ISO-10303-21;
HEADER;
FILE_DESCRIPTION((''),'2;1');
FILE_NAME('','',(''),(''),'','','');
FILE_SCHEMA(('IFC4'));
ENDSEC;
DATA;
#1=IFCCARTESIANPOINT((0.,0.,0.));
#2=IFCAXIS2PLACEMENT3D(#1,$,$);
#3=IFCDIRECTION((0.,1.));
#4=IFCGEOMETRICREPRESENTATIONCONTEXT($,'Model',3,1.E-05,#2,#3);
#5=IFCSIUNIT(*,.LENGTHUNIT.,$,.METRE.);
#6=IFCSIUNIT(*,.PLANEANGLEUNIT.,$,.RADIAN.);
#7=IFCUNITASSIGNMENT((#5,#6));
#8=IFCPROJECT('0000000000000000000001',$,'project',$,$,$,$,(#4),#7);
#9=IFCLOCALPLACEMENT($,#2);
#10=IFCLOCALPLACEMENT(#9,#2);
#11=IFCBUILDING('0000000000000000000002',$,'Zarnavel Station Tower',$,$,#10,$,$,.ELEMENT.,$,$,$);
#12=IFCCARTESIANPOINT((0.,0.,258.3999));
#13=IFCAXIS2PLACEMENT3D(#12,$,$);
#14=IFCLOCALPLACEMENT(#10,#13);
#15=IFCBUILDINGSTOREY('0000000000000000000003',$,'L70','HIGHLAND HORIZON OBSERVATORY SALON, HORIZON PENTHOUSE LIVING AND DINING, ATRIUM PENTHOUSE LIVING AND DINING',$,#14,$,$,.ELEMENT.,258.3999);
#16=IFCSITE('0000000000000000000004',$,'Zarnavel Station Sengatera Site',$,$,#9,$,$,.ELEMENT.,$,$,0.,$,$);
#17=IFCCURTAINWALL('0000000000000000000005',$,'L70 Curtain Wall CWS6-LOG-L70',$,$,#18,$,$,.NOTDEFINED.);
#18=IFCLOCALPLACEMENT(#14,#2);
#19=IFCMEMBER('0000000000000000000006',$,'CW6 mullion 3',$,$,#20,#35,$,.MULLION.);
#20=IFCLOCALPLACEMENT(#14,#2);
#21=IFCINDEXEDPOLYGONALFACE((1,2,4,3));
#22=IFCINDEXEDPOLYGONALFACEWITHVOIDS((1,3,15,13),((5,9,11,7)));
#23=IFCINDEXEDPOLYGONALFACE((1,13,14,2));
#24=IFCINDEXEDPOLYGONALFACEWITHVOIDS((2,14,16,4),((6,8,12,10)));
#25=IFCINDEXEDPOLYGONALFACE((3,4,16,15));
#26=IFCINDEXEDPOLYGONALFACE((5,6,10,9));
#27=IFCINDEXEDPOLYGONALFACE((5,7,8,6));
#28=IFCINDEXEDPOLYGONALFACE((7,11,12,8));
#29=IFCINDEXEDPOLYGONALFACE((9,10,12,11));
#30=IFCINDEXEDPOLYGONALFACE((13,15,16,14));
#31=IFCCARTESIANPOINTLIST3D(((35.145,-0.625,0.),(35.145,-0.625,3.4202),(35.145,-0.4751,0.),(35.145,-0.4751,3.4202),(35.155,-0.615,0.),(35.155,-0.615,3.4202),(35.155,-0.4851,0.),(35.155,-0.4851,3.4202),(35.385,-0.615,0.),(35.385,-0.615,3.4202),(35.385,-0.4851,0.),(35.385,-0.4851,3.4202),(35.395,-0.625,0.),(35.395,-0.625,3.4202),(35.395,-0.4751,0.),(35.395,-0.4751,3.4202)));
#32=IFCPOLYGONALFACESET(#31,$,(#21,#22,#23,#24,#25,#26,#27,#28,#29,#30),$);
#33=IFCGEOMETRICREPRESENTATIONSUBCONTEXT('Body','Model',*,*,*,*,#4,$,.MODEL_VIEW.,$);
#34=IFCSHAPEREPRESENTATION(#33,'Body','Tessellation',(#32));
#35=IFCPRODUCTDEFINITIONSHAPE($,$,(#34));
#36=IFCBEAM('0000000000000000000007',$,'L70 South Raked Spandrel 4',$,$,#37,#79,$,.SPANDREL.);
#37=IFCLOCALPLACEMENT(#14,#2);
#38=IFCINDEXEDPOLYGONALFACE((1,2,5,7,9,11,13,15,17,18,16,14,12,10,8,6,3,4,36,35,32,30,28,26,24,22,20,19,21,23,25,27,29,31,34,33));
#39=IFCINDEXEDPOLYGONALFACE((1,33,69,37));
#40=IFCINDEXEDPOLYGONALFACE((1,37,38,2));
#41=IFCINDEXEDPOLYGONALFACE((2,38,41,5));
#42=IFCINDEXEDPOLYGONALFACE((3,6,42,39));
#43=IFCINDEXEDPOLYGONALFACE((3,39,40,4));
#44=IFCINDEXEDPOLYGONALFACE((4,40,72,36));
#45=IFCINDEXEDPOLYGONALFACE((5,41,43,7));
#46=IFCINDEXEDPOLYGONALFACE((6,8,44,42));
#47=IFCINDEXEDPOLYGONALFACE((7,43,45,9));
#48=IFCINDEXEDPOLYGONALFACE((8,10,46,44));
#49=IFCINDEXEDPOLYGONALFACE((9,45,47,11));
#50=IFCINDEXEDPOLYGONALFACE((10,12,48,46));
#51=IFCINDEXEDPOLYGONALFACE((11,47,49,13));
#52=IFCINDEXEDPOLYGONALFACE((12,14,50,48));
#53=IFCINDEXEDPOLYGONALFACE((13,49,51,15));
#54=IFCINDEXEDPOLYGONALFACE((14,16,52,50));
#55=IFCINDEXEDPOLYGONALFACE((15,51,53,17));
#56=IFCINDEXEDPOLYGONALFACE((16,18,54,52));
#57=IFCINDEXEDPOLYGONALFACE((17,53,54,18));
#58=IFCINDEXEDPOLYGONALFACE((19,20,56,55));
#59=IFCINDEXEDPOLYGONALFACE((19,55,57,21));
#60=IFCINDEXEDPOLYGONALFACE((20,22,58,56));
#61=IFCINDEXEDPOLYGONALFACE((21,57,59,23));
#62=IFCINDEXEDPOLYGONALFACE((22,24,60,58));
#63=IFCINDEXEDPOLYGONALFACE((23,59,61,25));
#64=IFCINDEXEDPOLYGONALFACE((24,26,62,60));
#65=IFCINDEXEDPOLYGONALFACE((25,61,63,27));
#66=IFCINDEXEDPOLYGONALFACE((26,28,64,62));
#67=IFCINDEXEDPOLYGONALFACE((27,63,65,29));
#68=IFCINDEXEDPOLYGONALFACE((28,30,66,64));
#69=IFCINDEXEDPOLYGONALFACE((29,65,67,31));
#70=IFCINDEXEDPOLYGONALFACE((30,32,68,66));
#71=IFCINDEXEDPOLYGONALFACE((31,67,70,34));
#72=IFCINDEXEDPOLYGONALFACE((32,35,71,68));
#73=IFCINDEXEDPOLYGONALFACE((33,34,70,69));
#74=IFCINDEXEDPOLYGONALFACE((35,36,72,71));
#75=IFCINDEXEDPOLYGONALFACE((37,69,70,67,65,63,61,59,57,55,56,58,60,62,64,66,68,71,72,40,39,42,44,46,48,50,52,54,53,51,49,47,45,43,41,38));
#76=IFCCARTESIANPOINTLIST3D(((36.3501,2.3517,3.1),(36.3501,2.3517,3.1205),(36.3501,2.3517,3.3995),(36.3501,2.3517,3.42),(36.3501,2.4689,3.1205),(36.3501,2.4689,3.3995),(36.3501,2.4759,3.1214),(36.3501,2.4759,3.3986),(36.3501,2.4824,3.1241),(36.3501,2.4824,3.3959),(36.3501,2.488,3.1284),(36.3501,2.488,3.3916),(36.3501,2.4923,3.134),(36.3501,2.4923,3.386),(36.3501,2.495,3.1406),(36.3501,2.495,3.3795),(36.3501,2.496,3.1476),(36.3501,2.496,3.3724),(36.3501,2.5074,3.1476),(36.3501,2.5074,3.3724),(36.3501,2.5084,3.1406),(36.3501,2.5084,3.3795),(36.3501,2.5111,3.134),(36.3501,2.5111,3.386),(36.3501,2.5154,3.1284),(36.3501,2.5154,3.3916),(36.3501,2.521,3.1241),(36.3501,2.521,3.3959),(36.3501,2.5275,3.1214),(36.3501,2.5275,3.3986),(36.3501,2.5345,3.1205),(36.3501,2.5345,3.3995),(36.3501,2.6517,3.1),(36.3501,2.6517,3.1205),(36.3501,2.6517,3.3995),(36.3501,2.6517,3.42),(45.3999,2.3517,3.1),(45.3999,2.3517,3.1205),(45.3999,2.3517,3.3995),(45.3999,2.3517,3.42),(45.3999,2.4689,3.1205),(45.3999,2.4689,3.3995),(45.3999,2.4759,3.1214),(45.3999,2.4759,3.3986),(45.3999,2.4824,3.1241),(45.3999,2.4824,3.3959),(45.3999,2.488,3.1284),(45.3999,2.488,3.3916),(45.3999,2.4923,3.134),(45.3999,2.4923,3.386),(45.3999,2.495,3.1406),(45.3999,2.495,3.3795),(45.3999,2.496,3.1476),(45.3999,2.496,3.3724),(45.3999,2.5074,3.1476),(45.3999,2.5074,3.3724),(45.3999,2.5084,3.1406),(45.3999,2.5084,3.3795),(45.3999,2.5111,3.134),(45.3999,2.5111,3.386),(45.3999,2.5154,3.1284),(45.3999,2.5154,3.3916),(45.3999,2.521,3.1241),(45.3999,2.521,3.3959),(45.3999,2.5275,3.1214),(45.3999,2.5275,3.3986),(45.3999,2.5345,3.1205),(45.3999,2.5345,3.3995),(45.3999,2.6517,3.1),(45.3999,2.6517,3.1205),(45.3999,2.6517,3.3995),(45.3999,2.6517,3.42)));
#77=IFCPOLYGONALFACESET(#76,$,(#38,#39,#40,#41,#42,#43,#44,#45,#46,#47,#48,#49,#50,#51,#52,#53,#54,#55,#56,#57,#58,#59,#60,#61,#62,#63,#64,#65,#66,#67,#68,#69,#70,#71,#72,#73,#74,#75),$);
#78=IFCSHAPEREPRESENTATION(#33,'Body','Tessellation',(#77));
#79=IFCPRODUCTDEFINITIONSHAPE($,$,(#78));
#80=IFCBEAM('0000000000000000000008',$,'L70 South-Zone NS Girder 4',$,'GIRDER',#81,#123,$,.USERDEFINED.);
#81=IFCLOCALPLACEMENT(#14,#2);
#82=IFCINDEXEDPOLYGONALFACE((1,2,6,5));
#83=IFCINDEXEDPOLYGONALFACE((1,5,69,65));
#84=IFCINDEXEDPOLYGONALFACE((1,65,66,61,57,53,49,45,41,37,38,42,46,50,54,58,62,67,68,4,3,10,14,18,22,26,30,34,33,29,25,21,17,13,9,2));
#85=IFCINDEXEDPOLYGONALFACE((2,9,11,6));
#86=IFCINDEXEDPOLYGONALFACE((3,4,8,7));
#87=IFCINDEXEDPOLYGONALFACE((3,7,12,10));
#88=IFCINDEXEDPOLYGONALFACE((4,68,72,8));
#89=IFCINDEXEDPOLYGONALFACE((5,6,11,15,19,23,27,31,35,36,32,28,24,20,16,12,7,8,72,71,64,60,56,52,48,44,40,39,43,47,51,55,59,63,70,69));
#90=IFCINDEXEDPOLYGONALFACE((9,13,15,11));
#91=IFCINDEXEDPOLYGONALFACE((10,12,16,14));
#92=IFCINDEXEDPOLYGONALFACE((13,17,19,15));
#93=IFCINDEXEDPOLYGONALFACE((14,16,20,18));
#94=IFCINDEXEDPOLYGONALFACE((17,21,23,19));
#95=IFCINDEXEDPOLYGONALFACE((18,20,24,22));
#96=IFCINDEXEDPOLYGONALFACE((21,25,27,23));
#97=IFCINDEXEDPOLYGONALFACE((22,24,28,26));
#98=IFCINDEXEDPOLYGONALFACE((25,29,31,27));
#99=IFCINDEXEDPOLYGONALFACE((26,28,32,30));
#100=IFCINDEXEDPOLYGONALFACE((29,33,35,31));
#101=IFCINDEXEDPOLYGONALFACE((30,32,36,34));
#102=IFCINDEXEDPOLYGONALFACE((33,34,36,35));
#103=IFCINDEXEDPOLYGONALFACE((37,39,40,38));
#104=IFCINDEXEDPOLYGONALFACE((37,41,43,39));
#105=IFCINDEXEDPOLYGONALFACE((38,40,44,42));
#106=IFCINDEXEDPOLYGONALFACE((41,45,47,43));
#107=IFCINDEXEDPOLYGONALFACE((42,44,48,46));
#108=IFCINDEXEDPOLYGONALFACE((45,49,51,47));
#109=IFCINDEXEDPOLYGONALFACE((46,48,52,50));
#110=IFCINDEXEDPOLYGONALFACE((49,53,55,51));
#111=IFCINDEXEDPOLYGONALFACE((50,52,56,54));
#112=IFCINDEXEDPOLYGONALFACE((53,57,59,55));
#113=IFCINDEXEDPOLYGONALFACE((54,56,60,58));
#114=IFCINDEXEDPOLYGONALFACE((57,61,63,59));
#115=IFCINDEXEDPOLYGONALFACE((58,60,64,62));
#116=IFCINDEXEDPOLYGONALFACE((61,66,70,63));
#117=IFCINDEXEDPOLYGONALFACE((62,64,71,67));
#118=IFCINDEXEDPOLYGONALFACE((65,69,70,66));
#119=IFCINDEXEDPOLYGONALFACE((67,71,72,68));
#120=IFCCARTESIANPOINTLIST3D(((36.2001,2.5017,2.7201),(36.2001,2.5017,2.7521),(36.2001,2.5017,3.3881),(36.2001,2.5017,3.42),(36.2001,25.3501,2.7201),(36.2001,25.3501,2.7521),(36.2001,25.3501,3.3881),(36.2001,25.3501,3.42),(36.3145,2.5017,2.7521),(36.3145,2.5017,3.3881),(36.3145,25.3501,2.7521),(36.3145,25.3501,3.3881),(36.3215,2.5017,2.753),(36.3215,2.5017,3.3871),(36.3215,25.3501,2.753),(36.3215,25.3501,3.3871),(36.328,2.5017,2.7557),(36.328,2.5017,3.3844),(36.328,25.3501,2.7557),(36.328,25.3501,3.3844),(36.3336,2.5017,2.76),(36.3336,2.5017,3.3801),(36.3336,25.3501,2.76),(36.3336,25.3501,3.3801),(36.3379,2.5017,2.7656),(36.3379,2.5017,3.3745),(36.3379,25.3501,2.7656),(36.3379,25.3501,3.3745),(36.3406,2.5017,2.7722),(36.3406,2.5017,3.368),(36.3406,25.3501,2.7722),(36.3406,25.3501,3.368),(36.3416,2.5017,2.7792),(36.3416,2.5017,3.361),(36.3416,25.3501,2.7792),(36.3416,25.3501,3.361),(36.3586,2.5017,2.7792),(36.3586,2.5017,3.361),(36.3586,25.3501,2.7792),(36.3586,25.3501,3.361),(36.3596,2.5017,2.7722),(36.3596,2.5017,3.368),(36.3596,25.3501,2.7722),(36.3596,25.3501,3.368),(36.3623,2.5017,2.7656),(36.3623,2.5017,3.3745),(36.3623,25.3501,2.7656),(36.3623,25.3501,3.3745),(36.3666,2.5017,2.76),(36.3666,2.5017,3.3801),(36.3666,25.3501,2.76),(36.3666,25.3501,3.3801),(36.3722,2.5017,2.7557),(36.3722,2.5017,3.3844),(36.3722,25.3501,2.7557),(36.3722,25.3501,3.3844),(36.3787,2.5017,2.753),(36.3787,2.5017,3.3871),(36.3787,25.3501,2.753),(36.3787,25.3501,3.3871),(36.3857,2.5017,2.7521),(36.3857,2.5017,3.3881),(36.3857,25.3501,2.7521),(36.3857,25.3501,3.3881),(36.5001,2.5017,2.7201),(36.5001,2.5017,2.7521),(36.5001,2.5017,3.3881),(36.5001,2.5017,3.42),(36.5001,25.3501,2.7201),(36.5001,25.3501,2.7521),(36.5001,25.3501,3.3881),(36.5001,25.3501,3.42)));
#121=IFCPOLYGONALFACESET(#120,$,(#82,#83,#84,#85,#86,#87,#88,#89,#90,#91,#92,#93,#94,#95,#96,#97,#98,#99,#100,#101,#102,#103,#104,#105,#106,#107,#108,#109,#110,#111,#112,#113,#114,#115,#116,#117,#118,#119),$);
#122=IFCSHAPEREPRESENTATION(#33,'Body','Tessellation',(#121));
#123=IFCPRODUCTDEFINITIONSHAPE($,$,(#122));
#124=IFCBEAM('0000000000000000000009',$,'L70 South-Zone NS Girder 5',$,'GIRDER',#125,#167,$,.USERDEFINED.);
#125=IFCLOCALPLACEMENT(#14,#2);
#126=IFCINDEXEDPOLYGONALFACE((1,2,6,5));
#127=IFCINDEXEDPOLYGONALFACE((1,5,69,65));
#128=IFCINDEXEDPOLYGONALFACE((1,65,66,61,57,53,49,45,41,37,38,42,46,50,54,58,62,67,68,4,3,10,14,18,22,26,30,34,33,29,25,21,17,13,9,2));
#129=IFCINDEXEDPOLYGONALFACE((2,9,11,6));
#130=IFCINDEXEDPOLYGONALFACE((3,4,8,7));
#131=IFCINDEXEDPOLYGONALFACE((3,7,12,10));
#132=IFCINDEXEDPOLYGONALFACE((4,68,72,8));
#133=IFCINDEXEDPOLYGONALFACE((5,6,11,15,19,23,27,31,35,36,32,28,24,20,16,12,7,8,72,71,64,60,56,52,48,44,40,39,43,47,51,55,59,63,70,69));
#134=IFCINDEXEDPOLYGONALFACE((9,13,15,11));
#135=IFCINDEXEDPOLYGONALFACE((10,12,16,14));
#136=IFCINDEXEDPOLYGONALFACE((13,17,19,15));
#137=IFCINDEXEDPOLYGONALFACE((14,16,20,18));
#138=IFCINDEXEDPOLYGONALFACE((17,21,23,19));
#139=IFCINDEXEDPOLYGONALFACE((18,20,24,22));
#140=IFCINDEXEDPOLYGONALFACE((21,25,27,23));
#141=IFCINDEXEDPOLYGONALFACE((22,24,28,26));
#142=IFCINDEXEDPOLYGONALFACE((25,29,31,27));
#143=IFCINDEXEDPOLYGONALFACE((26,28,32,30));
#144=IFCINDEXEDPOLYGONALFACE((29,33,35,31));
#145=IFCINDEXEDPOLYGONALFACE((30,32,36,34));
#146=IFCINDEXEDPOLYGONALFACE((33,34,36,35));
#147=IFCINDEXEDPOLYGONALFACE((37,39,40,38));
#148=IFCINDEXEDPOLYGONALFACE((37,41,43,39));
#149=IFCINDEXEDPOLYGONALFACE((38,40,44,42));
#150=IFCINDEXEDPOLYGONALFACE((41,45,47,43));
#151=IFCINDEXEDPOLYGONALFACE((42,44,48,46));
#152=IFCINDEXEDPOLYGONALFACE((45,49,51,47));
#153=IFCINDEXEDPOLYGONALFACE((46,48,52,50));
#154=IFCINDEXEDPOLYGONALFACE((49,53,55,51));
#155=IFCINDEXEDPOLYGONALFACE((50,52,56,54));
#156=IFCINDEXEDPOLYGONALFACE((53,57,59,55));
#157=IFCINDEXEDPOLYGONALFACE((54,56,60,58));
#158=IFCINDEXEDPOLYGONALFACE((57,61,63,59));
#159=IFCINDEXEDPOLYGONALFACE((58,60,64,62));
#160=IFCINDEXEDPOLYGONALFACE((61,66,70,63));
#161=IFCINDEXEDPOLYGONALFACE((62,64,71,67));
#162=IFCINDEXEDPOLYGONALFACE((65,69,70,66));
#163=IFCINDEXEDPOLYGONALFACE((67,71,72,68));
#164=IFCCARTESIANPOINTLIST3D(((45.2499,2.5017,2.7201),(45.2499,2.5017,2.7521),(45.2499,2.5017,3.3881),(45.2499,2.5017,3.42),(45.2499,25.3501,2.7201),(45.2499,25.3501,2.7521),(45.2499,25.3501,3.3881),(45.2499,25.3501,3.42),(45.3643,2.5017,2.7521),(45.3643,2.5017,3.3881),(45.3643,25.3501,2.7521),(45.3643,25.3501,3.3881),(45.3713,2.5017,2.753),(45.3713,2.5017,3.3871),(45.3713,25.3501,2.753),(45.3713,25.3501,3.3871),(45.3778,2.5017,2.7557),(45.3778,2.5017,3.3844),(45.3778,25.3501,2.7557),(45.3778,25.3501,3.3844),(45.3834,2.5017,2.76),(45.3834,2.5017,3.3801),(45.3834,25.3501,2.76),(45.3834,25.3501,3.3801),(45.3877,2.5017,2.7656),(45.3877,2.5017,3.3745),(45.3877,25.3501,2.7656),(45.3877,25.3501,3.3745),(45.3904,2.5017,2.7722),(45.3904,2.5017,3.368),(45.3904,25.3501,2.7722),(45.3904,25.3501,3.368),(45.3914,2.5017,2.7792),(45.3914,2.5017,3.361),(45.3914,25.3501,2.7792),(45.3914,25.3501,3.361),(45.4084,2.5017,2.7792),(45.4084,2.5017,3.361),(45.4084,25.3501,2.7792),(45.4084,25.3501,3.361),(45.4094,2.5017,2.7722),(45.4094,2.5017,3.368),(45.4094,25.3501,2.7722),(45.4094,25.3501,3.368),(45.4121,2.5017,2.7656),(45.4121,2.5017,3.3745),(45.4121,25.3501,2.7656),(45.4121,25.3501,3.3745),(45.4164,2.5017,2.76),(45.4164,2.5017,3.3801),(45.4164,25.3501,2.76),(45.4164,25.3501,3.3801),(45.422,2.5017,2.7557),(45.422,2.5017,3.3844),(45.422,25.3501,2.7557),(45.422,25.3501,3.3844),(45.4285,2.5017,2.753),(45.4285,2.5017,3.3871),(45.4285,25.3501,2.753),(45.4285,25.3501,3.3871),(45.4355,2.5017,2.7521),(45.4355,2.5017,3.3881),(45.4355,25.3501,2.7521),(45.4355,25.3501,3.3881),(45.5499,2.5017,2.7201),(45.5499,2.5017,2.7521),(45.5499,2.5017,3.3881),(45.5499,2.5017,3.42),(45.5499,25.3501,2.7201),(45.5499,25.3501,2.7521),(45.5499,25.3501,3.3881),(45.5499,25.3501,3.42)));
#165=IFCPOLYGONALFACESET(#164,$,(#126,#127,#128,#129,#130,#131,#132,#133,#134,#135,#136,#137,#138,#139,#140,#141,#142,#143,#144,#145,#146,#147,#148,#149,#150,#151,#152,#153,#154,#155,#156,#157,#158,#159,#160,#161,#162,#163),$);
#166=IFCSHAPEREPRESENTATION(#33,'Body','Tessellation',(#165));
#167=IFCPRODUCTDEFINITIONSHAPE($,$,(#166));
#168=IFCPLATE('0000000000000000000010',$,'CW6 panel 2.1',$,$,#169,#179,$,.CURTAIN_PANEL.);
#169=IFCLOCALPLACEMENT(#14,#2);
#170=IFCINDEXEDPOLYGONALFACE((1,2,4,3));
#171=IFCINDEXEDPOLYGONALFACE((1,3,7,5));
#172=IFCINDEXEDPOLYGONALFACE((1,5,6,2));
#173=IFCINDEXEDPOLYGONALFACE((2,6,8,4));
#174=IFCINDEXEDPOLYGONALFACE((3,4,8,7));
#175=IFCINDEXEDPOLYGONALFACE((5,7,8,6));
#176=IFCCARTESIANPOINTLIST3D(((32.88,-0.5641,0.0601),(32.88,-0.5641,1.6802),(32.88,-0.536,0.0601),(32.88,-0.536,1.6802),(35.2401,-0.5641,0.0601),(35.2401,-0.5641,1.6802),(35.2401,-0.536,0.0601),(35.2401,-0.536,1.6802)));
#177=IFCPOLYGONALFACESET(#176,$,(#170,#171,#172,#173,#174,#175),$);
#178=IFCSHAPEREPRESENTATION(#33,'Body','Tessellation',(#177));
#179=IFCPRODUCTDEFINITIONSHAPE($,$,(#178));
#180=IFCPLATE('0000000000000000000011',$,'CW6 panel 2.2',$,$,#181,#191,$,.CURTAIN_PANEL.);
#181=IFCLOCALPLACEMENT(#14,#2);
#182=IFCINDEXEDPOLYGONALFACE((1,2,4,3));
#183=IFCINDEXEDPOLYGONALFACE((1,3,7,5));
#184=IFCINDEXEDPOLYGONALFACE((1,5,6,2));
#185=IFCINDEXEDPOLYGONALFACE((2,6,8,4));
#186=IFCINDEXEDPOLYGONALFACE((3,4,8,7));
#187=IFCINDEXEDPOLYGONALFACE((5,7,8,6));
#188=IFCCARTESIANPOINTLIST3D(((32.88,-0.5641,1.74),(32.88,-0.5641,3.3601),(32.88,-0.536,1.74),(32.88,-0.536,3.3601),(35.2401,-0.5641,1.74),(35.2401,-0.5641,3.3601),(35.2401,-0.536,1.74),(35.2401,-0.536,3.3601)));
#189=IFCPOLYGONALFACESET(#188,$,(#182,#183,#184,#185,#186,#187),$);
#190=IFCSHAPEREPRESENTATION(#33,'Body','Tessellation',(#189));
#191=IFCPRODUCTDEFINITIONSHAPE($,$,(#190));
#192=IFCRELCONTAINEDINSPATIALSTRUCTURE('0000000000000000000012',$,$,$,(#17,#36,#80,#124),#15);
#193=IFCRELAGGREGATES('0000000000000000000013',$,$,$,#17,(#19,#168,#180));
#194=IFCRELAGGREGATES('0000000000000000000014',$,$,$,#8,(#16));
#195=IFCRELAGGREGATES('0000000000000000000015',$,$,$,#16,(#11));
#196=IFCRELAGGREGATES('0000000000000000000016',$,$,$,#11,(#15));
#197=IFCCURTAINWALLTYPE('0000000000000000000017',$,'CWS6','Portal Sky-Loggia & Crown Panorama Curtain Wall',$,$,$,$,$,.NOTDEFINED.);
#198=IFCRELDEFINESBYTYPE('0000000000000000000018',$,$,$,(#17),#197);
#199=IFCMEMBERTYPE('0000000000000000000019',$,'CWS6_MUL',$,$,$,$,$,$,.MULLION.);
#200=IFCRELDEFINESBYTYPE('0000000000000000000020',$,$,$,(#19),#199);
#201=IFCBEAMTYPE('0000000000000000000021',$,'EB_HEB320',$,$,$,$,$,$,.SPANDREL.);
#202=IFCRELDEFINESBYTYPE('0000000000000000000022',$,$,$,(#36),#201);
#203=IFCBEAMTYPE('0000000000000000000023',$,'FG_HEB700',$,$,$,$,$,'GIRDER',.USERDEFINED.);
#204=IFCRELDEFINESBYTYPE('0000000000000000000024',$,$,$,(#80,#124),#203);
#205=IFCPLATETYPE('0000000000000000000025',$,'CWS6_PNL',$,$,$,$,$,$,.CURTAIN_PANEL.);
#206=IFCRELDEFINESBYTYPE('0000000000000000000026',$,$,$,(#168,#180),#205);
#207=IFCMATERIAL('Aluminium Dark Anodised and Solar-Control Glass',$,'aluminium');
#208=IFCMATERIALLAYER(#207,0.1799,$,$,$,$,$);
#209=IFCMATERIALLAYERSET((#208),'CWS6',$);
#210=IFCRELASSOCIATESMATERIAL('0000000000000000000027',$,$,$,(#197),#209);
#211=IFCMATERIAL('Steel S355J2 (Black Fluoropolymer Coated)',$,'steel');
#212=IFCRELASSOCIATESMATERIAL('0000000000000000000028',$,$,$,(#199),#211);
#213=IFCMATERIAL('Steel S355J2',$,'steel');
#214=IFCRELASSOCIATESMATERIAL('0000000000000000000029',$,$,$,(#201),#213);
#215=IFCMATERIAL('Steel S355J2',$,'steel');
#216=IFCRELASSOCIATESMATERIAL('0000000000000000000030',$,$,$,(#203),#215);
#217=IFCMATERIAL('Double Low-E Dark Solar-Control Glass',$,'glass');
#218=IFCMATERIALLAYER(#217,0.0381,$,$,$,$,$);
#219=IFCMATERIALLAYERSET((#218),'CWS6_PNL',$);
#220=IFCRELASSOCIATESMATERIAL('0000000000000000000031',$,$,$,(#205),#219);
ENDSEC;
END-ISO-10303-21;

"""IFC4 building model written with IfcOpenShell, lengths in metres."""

from ifc_helpers import new_model, si_unit, direction, frame, origin, origin_2d, place, context, subcontext, project, spatial, rectangle, hollow_rectangle, i_section, extrude, material, layer, layer_set, material_profile, profile_set, type_object, element, aggregate, save


model = new_model("IFC4")

# Units and contexts
model_context = context("Model", 3, precision=1e-05, world=origin(), true_north=direction((0.0, 1.0)))
body_context = subcontext(model_context, "Body", "Model", "MODEL_VIEW")
ifc_project = project(units=[si_unit("LENGTHUNIT", "METRE"), si_unit("PLANEANGLEUNIT", "RADIAN")], contexts=[model_context])

# Site, building, storey
site_placement = place(None, origin())
site = spatial("IfcSite", under=ifc_project, at=site_placement, Name="Zarnavel Station Sengatera Site", CompositionType="ELEMENT", RefElevation=0.0)
building_placement = place(site_placement, origin())
building = spatial("IfcBuilding", under=site, at=building_placement, Name="Zarnavel Station Tower", CompositionType="ELEMENT")
storey_placement = place(building_placement, frame((0.0, 0.0, 258.3999)))
storey = spatial("IfcBuildingStorey", under=building, at=storey_placement, Name="L70", Description="HIGHLAND HORIZON OBSERVATORY SALON, HORIZON PENTHOUSE LIVING AND DINING, ATRIUM PENTHOUSE LIVING AND DINING", CompositionType="ELEMENT", Elevation=258.3999)

# Curtain wall, member
ifc_material_1 = material(Name="Aluminium Dark Anodised and Solar-Control Glass", Category="aluminium")
ifc_layer_1 = layer(ifc_material_1, 0.1799)
ifc_layer_set_1 = layer_set([ifc_layer_1], Name="CWS6")
curtain_wall_type = type_object("IfcCurtainWallType", Name="CWS6", Description="Portal Sky-Loggia & Crown Panorama Curtain Wall", PredefinedType="NOTDEFINED", material=ifc_layer_set_1)
curtain_wall_placement = place(storey_placement, origin())
curtain_wall = element("IfcCurtainWall", 1, at=curtain_wall_placement, inside=storey, type_object=curtain_wall_type, Name="L70 Curtain Wall CWS6-LOG-L70", PredefinedType="NOTDEFINED")
ifc_material_2 = material(Name="Steel S355J2 (Black Fluoropolymer Coated)", Category="steel")
ifc_material_profile_1 = material_profile(ifc_material_2, hollow_rectangle(XDim=0.1499, YDim=0.25, WallThickness=0.01, at=origin_2d()), Name="RHS250x150x10")
ifc_profile_set_1 = profile_set([ifc_material_profile_1], Name="Steel S355J2 (Black Fluoropolymer Coated)")
member_type = type_object("IfcMemberType", Name="CWS6_MUL", PredefinedType="MULLION", material=ifc_profile_set_1)
member_placement = place(storey_placement, frame((35.27, -0.55, 0.0), z_axis=(0.0, 0.0, 1.0), x_axis=(0.0, 1.0, 0.0)))
member = element("IfcMember", 2, at=member_placement, type_object=member_type, Name="CW6 mullion 3", PredefinedType="MULLION", context=body_context, shape_type="SweptSolid", body=[
    extrude(hollow_rectangle(XDim=0.1499, YDim=0.25, WallThickness=0.01, at=origin_2d()), origin(), (0.0, 0.0, 1.0), 3.4202),
])

# Beams
ifc_material_3 = material(Name="Steel S355J2", Category="steel")
ifc_material_profile_2 = material_profile(ifc_material_3, i_section(OverallWidth=0.3, OverallDepth=0.3201, WebThickness=0.0115, FlangeThickness=0.0205, FilletRadius=0.0271, at=origin_2d()), Name="HEB320")
ifc_profile_set_2 = profile_set([ifc_material_profile_2], Name="Steel S355J2")
beam_type_1 = type_object("IfcBeamType", Name="EB_HEB320", PredefinedType="SPANDREL", material=ifc_profile_set_2)
beam_placement = place(storey_placement, frame((36.3501, 2.5017, 3.26), z_axis=(1.0, 0.0, 0.0), x_axis=(0.0, 1.0, 0.0)))
element("IfcBeam", 3, at=beam_placement, inside=storey, type_object=beam_type_1, Name="L70 South Raked Spandrel 4", PredefinedType="SPANDREL", context=body_context, shape_type="SweptSolid", body=[
    extrude(i_section(OverallWidth=0.3, OverallDepth=0.3201, WebThickness=0.0115, FlangeThickness=0.0205, FilletRadius=0.0271, at=origin_2d()), origin(), (0.0, 0.0, 1.0), 9.0498),
])
ifc_material_4 = material(Name="Steel S355J2", Category="steel")
ifc_material_profile_3 = material_profile(ifc_material_4, i_section(OverallWidth=0.3, OverallDepth=0.7, WebThickness=0.0171, FlangeThickness=0.032, FilletRadius=0.0271, at=origin_2d()), Name="HEB700")
ifc_profile_set_3 = profile_set([ifc_material_profile_3], Name="Steel S355J2")
beam_type_2 = type_object("IfcBeamType", Name="FG_HEB700", ElementType="GIRDER", PredefinedType="USERDEFINED", material=ifc_profile_set_3)
for number, where, z_axis, x_axis, name in (
    (4, (36.3501, 2.5017, 3.0701), (0.0, 1.0, 0.0), (-1.0, 0.0, 0.0), "L70 South-Zone NS Girder 4"),
    (5, (45.3999, 2.5017, 3.0701), (0.0, 1.0, 0.0), (-1.0, 0.0, 0.0), "L70 South-Zone NS Girder 5"),
):
    element("IfcBeam", number, at=place(storey_placement, frame(where, z_axis=z_axis, x_axis=x_axis)), inside=storey, type_object=beam_type_2, Name=name, ObjectType="GIRDER", PredefinedType="USERDEFINED", context=body_context, shape_type="SweptSolid", body=[
        extrude(i_section(OverallWidth=0.3, OverallDepth=0.7, WebThickness=0.0171, FlangeThickness=0.032, FilletRadius=0.0271, at=origin_2d()), origin(), (0.0, 0.0, 1.0), 22.8484),
    ])

# Plates
ifc_material_5 = material(Name="Double Low-E Dark Solar-Control Glass", Category="glass")
ifc_layer_2 = layer(ifc_material_5, 0.0381)
ifc_layer_set_2 = layer_set([ifc_layer_2], Name="CWS6_PNL")
plate_type_1 = type_object("IfcPlateType", Name="CWS6_PNL", PredefinedType="CURTAIN_PANEL", material=ifc_layer_set_2)
plate_1_placement = place(storey_placement, frame((34.0601, -0.55, 0.0601), z_axis=(0.0, 0.0, 1.0), x_axis=(1.0, 0.0, 0.0)))
plate_1 = element("IfcPlate", 6, at=plate_1_placement, type_object=plate_type_1, Name="CW6 panel 2.1", PredefinedType="CURTAIN_PANEL", context=body_context, shape_type="SweptSolid", body=[
    extrude(rectangle(XDim=2.3601, YDim=0.0281, at=origin_2d()), origin(), (0.0, 0.0, 1.0), 1.6201),
])
plate_2_placement = place(storey_placement, frame((34.0601, -0.55, 1.74), z_axis=(0.0, 0.0, 1.0), x_axis=(1.0, 0.0, 0.0)))
plate_2 = element("IfcPlate", 7, at=plate_2_placement, type_object=plate_type_1, Name="CW6 panel 2.2", PredefinedType="CURTAIN_PANEL", context=body_context, shape_type="SweptSolid", body=[
    extrude(rectangle(XDim=2.3601, YDim=0.0281, at=origin_2d()), origin(), (0.0, 0.0, 1.0), 1.6201),
])
aggregate(curtain_wall, [member, plate_1, plate_2])

save(model, "model.ifc")
